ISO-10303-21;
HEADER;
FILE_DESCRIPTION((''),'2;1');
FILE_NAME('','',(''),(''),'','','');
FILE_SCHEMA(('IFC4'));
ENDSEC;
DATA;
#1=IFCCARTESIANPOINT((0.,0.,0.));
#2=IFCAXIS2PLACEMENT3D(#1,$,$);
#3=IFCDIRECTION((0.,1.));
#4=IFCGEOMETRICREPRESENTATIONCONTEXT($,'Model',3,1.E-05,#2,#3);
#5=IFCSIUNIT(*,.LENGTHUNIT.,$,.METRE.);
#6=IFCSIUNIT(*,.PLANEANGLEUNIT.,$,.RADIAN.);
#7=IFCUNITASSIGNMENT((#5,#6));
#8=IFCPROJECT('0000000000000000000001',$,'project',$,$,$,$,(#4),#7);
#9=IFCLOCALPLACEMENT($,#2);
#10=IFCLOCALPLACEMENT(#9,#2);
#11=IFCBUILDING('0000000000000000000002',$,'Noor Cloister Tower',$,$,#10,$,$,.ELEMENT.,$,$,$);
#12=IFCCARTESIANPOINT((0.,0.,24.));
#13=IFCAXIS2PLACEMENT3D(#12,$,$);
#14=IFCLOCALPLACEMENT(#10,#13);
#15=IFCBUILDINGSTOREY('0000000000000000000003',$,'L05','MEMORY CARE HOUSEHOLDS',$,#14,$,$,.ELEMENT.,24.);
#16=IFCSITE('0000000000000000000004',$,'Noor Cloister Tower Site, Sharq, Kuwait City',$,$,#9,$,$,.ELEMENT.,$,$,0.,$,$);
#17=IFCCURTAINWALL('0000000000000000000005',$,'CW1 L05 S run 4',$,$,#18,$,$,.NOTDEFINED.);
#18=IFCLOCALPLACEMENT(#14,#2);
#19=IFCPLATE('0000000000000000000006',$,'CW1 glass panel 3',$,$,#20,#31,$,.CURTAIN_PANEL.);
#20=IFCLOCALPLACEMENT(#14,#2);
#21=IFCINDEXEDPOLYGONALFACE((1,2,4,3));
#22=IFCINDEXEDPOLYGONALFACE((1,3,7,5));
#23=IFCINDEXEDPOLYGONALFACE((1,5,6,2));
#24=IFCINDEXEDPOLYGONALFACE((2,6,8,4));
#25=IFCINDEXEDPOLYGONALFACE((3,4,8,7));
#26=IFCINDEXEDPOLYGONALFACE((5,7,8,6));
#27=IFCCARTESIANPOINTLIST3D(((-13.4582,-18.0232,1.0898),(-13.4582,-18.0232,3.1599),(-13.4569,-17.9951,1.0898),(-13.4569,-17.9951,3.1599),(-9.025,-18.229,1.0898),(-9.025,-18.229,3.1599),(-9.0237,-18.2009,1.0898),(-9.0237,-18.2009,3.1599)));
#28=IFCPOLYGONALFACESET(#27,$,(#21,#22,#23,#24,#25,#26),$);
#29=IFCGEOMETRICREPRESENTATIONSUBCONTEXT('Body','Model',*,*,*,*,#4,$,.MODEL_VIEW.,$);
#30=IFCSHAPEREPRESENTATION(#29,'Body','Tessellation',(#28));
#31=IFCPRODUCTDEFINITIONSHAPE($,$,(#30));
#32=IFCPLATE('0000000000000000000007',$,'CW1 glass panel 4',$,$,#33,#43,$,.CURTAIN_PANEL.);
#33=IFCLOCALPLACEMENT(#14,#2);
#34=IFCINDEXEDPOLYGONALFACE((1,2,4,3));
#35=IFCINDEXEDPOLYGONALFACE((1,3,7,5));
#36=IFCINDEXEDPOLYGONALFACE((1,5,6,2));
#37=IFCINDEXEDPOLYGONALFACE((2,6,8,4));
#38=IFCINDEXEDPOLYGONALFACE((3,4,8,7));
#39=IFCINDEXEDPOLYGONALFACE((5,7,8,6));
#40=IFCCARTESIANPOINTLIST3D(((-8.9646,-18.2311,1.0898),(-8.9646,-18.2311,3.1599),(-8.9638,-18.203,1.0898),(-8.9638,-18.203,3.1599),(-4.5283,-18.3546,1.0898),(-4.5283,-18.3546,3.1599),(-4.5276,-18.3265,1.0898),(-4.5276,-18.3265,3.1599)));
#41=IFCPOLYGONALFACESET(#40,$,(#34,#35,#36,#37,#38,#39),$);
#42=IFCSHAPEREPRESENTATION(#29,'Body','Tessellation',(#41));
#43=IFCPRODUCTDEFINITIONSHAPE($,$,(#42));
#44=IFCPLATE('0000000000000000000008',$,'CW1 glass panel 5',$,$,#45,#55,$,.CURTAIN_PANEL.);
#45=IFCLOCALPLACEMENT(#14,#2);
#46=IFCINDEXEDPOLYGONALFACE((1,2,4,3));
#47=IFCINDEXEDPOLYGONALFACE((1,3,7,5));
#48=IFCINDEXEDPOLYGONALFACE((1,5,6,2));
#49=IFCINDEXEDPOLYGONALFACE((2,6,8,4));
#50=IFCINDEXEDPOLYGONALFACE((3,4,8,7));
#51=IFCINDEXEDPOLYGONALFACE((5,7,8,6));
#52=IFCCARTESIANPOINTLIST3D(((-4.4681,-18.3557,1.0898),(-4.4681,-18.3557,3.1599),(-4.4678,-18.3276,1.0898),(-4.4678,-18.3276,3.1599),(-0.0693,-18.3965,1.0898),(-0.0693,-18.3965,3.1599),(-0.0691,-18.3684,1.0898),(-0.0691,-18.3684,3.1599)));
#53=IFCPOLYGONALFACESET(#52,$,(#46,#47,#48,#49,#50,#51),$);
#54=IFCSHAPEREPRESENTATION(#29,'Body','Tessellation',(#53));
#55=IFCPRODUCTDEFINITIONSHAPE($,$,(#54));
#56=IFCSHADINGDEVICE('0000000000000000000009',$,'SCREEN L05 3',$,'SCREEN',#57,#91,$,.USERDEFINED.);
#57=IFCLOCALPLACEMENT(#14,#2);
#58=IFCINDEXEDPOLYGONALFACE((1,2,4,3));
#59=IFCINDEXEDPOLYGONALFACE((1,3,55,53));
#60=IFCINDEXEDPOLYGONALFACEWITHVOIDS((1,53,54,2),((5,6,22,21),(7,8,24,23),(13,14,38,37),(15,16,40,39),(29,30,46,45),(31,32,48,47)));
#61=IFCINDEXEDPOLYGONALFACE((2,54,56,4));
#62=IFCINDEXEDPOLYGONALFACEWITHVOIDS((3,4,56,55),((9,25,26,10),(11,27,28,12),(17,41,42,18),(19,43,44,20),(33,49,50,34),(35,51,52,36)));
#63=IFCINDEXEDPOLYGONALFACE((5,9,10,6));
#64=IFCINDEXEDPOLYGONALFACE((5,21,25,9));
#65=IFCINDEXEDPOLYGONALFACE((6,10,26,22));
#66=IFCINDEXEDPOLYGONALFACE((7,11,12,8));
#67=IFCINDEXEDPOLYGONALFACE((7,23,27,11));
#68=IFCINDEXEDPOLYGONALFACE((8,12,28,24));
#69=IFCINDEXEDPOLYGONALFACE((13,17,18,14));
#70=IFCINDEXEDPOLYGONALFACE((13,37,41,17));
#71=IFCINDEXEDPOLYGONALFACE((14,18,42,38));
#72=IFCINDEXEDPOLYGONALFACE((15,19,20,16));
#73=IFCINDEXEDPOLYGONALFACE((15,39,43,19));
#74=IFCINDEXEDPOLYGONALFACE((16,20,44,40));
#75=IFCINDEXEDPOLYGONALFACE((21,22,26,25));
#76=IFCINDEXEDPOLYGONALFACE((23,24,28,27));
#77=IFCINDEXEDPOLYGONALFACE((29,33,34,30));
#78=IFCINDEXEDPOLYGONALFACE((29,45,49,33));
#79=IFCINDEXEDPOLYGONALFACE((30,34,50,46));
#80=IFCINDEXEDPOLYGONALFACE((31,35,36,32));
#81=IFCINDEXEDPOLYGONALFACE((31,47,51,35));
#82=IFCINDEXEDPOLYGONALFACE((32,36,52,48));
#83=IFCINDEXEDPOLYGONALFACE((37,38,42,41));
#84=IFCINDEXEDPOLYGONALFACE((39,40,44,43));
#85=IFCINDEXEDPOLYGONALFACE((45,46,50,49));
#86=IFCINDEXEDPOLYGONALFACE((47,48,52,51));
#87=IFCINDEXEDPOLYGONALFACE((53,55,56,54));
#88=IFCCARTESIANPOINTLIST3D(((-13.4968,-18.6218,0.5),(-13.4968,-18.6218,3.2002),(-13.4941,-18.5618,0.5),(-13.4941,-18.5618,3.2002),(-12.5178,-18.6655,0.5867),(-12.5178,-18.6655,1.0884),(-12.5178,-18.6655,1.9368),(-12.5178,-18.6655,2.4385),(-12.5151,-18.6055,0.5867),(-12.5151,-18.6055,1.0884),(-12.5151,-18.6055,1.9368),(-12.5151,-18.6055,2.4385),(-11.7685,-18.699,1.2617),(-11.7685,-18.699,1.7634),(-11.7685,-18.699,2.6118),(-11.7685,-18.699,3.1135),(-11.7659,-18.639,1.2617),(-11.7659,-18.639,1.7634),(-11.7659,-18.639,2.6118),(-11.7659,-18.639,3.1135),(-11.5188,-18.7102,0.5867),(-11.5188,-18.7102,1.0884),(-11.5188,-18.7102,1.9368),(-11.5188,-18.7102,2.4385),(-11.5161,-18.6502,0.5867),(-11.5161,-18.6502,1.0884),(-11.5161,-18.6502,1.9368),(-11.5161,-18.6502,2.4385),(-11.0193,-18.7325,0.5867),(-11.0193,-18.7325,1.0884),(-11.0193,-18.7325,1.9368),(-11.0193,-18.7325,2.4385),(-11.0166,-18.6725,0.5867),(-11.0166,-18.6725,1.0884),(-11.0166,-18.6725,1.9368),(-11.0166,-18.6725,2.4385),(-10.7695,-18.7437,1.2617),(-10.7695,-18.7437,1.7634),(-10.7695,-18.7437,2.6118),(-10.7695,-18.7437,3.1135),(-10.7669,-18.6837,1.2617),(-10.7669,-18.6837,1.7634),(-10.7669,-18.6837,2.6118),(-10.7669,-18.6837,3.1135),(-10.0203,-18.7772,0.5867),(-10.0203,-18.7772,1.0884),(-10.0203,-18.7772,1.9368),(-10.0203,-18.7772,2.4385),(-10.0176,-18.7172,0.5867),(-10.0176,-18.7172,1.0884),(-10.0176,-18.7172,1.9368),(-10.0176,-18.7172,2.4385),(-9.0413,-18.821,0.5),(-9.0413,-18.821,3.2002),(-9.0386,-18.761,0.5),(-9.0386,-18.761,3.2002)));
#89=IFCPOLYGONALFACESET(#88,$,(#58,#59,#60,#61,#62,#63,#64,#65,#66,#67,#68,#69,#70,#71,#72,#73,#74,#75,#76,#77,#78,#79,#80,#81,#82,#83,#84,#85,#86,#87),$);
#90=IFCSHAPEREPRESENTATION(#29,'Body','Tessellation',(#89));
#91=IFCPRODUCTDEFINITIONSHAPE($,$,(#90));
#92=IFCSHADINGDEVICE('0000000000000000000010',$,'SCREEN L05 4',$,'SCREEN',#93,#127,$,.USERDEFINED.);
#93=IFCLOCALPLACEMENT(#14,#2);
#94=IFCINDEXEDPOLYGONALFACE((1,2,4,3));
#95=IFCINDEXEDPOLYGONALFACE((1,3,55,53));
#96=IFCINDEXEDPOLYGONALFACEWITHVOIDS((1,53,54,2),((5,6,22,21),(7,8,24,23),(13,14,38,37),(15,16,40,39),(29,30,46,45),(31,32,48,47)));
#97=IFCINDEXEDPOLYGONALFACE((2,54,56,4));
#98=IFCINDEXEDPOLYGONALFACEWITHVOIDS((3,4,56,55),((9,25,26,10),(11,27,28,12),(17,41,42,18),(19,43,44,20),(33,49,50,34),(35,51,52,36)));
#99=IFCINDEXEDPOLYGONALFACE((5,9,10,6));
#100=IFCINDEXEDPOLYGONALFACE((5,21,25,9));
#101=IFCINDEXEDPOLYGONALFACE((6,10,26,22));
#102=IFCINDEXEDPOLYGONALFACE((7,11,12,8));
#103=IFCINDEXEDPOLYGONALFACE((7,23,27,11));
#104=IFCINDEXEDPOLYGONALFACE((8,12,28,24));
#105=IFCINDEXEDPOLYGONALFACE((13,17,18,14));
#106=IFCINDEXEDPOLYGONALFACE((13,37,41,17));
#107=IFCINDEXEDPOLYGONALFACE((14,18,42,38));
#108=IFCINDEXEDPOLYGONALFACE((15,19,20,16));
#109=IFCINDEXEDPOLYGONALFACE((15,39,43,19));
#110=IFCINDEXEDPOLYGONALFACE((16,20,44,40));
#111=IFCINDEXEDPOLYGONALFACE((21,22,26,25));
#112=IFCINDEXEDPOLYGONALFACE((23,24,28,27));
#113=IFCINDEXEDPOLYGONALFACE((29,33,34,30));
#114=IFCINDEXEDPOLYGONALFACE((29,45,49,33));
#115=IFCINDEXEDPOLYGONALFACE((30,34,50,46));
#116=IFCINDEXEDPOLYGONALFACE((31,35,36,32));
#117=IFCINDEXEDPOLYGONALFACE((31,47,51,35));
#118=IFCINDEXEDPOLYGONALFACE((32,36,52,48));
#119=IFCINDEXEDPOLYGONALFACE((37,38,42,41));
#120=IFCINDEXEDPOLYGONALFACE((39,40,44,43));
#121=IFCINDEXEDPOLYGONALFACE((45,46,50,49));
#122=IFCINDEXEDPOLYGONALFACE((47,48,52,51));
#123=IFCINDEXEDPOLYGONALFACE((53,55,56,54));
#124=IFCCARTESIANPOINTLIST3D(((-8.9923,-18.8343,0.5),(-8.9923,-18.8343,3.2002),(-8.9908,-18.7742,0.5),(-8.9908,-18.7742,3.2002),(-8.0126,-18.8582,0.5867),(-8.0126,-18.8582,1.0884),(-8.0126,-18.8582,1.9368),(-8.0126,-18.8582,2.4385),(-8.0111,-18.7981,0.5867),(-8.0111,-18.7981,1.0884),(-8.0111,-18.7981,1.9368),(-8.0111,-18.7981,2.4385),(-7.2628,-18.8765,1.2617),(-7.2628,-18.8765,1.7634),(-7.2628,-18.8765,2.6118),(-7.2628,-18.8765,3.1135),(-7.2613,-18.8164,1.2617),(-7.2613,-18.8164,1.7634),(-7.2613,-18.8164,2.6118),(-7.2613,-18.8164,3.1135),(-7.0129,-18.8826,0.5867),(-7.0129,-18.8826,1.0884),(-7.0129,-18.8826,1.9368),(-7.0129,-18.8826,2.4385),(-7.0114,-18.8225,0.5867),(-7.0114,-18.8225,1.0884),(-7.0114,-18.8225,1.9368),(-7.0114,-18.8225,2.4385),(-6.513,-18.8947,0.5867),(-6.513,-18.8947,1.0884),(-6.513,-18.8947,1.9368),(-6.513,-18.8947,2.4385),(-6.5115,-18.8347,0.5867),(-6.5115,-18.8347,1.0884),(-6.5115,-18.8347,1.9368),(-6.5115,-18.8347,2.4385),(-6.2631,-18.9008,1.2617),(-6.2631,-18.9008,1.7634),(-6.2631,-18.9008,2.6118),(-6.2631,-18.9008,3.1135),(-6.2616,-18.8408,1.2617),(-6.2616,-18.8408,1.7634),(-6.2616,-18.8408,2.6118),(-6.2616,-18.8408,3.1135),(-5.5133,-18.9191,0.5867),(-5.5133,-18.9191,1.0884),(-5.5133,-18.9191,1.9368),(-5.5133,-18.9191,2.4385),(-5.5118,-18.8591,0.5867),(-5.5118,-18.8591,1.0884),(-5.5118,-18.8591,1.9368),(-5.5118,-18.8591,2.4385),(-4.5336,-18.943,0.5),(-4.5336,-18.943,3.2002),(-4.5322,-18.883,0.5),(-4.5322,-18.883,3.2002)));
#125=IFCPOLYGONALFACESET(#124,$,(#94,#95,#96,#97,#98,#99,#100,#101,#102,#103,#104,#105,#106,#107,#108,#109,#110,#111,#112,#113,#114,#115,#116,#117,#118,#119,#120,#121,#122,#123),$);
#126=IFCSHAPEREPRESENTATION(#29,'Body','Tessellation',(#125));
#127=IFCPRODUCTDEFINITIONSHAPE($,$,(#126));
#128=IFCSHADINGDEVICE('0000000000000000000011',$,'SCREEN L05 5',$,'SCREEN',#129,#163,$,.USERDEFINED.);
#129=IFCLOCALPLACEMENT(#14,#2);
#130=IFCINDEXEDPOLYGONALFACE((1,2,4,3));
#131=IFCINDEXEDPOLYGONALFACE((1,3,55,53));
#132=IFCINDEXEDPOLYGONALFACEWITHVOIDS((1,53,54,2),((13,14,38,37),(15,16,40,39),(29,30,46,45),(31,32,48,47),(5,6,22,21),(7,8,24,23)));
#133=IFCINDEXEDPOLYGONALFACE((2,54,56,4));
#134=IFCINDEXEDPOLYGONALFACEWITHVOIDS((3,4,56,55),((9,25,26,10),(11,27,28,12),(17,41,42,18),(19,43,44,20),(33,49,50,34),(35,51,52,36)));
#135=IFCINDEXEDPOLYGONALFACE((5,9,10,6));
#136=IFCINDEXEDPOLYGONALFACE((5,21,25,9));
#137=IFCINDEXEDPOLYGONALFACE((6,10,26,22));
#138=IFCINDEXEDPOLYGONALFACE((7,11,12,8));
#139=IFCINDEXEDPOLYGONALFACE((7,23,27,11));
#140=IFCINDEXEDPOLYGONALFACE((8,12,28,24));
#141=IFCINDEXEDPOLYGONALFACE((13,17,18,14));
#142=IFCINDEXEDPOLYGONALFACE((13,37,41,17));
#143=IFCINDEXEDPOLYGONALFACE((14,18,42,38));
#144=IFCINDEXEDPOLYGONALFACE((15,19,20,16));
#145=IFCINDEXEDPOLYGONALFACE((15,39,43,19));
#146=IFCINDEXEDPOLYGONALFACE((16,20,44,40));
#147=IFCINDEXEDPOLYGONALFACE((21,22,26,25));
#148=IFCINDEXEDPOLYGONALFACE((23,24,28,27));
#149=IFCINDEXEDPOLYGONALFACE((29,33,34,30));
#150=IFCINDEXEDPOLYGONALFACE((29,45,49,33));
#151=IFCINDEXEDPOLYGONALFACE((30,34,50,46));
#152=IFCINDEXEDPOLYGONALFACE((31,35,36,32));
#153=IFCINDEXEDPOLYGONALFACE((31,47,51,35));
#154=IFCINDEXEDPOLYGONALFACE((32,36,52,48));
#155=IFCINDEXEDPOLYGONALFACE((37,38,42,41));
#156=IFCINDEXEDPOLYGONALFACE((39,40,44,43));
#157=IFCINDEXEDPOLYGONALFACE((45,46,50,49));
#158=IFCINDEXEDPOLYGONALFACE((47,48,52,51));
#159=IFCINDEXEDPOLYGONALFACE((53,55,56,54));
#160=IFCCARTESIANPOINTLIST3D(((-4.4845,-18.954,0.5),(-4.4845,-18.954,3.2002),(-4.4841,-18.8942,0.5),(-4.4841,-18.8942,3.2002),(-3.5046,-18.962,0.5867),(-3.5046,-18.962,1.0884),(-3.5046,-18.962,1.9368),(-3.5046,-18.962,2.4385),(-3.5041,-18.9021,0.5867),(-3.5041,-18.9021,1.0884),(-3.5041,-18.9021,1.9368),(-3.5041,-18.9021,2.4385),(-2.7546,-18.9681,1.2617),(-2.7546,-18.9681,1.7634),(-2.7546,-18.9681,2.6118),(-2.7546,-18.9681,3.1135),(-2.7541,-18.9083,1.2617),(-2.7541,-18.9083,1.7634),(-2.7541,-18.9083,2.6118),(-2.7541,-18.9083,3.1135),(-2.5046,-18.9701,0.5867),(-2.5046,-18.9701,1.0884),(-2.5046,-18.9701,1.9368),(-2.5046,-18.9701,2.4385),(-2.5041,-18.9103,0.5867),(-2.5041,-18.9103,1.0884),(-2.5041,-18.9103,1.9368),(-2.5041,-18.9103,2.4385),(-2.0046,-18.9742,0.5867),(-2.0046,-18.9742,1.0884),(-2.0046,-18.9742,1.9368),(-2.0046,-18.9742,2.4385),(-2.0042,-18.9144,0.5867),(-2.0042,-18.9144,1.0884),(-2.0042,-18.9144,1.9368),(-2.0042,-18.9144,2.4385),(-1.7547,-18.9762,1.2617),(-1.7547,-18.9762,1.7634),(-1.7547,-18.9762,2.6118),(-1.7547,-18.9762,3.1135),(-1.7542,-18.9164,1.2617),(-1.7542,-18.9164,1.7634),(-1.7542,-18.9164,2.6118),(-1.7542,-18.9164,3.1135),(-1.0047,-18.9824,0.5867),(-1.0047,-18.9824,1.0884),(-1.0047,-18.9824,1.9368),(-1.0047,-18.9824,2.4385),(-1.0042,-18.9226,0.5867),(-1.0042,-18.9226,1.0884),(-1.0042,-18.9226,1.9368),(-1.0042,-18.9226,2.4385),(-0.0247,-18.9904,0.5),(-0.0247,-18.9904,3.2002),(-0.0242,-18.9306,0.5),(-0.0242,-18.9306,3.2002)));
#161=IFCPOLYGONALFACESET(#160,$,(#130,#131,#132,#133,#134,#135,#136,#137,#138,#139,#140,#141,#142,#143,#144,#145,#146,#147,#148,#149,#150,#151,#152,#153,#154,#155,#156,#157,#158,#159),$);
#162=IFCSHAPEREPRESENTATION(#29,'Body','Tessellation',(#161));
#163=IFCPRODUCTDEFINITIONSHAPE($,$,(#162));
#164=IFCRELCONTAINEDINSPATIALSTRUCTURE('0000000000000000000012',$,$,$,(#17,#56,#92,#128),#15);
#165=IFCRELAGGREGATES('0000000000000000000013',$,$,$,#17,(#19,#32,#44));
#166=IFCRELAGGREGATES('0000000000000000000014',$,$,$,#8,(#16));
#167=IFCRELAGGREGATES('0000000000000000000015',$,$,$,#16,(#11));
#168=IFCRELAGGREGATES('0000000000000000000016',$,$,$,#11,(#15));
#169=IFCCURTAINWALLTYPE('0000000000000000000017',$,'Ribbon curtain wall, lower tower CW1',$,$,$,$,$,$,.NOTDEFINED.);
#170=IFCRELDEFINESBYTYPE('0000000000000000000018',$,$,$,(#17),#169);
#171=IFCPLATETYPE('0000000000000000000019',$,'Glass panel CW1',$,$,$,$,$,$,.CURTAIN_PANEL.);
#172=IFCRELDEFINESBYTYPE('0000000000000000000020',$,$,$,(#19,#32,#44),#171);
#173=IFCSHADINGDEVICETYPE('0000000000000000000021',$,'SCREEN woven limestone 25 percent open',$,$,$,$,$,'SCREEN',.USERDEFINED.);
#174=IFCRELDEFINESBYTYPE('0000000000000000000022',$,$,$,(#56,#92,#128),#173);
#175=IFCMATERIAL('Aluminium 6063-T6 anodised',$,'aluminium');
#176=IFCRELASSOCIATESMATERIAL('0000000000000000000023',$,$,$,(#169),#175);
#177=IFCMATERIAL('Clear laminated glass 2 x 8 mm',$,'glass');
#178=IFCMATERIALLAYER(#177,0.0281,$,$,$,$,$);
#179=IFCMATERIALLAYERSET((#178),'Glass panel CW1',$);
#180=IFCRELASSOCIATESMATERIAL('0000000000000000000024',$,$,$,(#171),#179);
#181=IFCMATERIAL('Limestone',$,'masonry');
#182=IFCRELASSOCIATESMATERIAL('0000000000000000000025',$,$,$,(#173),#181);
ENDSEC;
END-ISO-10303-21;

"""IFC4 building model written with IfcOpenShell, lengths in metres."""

from ifc_helpers import new_model, si_unit, direction, frame, origin, origin_2d, place, context, subcontext, project, spatial, polyline, rectangle, outline, extrude, material, layer, layer_set, material_profile, profile_set, type_object, element, aggregate, save


model = new_model("IFC4")

# Units and contexts
model_context = context("Model", 3, precision=1e-05, world=origin(), true_north=direction((0.0, 1.0)))
body_context = subcontext(model_context, "Body", "Model", "MODEL_VIEW")
ifc_project = project(units=[si_unit("LENGTHUNIT", "METRE"), si_unit("PLANEANGLEUNIT", "RADIAN")], contexts=[model_context])

# Site, building, storey
site_placement = place(None, origin())
site = spatial("IfcSite", under=ifc_project, at=site_placement, Name="Noor Cloister Tower Site, Sharq, Kuwait City", CompositionType="ELEMENT", RefElevation=0.0)
building_placement = place(site_placement, origin())
building = spatial("IfcBuilding", under=site, at=building_placement, Name="Noor Cloister Tower", CompositionType="ELEMENT")
storey_placement = place(building_placement, frame((0.0, 0.0, 24.0)))
storey = spatial("IfcBuildingStorey", under=building, at=storey_placement, Name="L05", Description="MEMORY CARE HOUSEHOLDS", CompositionType="ELEMENT", Elevation=24.0)

# Curtain wall
ifc_material_1 = material(Name="Aluminium 6063-T6 anodised", Category="aluminium")
curtain_wall_type = type_object("IfcCurtainWallType", Name="Ribbon curtain wall, lower tower CW1", PredefinedType="NOTDEFINED", material=ifc_material_1)
curtain_wall_placement = place(storey_placement, origin())
curtain_wall = element("IfcCurtainWall", 1, at=curtain_wall_placement, inside=storey, type_object=curtain_wall_type, Name="CW1 L05 S run 4", PredefinedType="NOTDEFINED")

# Plates
ifc_material_2 = material(Name="Clear laminated glass 2 x 8 mm", Category="glass")
ifc_layer = layer(ifc_material_2, 0.0281)
ifc_layer_set = layer_set([ifc_layer], Name="Glass panel CW1")
plate_type = type_object("IfcPlateType", Name="Glass panel CW1", PredefinedType="CURTAIN_PANEL", material=ifc_layer_set)
plate_1_placement = place(storey_placement, frame((-11.241, -18.1121, 1.0898), z_axis=(0.0, 0.0, 1.0), x_axis=(0.998924, -0.046368, 0.0)))
plate_1 = element("IfcPlate", 2, at=plate_1_placement, type_object=plate_type, Name="CW1 glass panel 3", PredefinedType="CURTAIN_PANEL", context=body_context, shape_type="SweptSolid", body=[
    extrude(rectangle(XDim=4.438, YDim=0.0281, at=origin_2d()), origin(), (0.0, 0.0, 1.0), 2.0701),
])
plate_2_placement = place(storey_placement, frame((-6.7461, -18.2788, 1.0898), z_axis=(0.0, 0.0, 1.0), x_axis=(0.999613, -0.027827, 0.0)))
plate_2 = element("IfcPlate", 3, at=plate_2_placement, type_object=plate_type, Name="CW1 glass panel 4", PredefinedType="CURTAIN_PANEL", context=body_context, shape_type="SweptSolid", body=[
    extrude(rectangle(XDim=4.438, YDim=0.0281, at=origin_2d()), origin(), (0.0, 0.0, 1.0), 2.0701),
])
plate_3_placement = place(storey_placement, frame((-2.2686, -18.3621, 1.0898), z_axis=(0.0, 0.0, 1.0), x_axis=(0.999957, -0.009277, 0.0)))
plate_3 = element("IfcPlate", 4, at=plate_3_placement, type_object=plate_type, Name="CW1 glass panel 5", PredefinedType="CURTAIN_PANEL", context=body_context, shape_type="SweptSolid", body=[
    extrude(rectangle(XDim=4.3989, YDim=0.0281, at=origin_2d()), origin(), (0.0, 0.0, 1.0), 2.0701),
])
aggregate(curtain_wall, [plate_1, plate_2, plate_3])

# Shading devices
ifc_material_3 = material(Name="Limestone", Category="masonry")
ifc_material_profile_1 = material_profile(ifc_material_3, outline(polyline([(-2.23, -1.3501), (2.23, -1.3501), (2.23, 1.3501), (-2.23, 1.3501), (-2.23, -1.3501)]), holes=[polyline([(-1.25, -1.2634), (-0.25, -1.2634), (-0.25, -0.7617), (-1.25, -0.7617), (-1.25, -1.2634)]), polyline([(0.25, -1.2634), (1.25, -1.2634), (1.25, -0.7617), (0.25, -0.7617), (0.25, -1.2634)]), polyline([(-0.5, -0.5884), (0.5, -0.5884), (0.5, -0.0867), (-0.5, -0.0867), (-0.5, -0.5884)]), polyline([(-1.25, 0.0867), (-0.25, 0.0867), (-0.25, 0.5884), (-1.25, 0.5884), (-1.25, 0.0867)]), polyline([(0.25, 0.0867), (1.25, 0.0867), (1.25, 0.5884), (0.25, 0.5884), (0.25, 0.0867)]), polyline([(-0.5, 0.7617), (0.5, 0.7617), (0.5, 1.2634), (-0.5, 1.2634), (-0.5, 0.7617)])]), Name="Woven screen 25 percent open")
ifc_profile_set_1 = profile_set([ifc_material_profile_1], Name="Limestone")
shading_device_type = type_object("IfcShadingDeviceType", Name="SCREEN woven limestone 25 percent open", ElementType="SCREEN", PredefinedType="USERDEFINED", material=ifc_profile_set_1)
for number, where, z_axis, x_axis, name in (
    (5, (-11.2664, -18.6614, 1.8501), (-0.044671, -0.999002, 0.0), (0.999002, -0.044671, 0.0), "SCREEN L05 3"),
    (6, (-6.7615, -18.8286, 1.8501), (-0.024383, -0.999703, 0.0), (0.999703, -0.024383, 0.0), "SCREEN L05 4"),
):
    element("IfcShadingDevice", number, at=place(storey_placement, frame(where, z_axis=z_axis, x_axis=x_axis)), inside=storey, type_object=shading_device_type, Name=name, ObjectType="SCREEN", PredefinedType="USERDEFINED", context=body_context, shape_type="SweptSolid", body=[
        extrude(outline(polyline([(-2.23, -1.3501), (2.23, -1.3501), (2.23, 1.3501), (-2.23, 1.3501), (-2.23, -1.3501)]), holes=[polyline([(-1.25, -1.2634), (-0.25, -1.2634), (-0.25, -0.7617), (-1.25, -0.7617), (-1.25, -1.2634)]), polyline([(0.25, -1.2634), (1.25, -1.2634), (1.25, -0.7617), (0.25, -0.7617), (0.25, -1.2634)]), polyline([(-0.5, -0.5884), (0.5, -0.5884), (0.5, -0.0867), (-0.5, -0.0867), (-0.5, -0.5884)]), polyline([(-1.25, 0.0867), (-0.25, 0.0867), (-0.25, 0.5884), (-1.25, 0.5884), (-1.25, 0.0867)]), polyline([(0.25, 0.0867), (1.25, 0.0867), (1.25, 0.5884), (0.25, 0.5884), (0.25, 0.0867)]), polyline([(-0.5, 0.7617), (0.5, 0.7617), (0.5, 1.2634), (-0.5, 1.2634), (-0.5, 0.7617)])]), origin(), (0.0, 0.0, 1.0), 0.0601),
    ])
shading_device_placement = place(storey_placement, frame((-2.2542, -18.9124, 1.8501), z_axis=(-0.008163, -0.999967, 0.0), x_axis=(0.999967, -0.008163, 0.0)))
element("IfcShadingDevice", 7, at=shading_device_placement, inside=storey, type_object=shading_device_type, Name="SCREEN L05 5", ObjectType="SCREEN", PredefinedType="USERDEFINED", context=body_context, shape_type="SweptSolid", body=[
    extrude(outline(polyline([(-2.23, -1.3501), (2.23, -1.3501), (2.23, 1.3501), (-2.23, 1.3501), (-2.23, -1.3501)]), holes=[polyline([(-1.25, -1.2634), (-0.25, -1.2634), (-0.25, -0.7617), (-1.25, -0.7617), (-1.25, -1.2634)]), polyline([(0.25, -1.2634), (1.25, -1.2634), (1.25, -0.7617), (0.25, -0.7617), (0.25, -1.2634)]), polyline([(-0.5, -0.5884), (0.5, -0.5884), (0.5, -0.0867), (-0.5, -0.0867), (-0.5, -0.5884)]), polyline([(-1.25, 0.0867), (-0.25, 0.0867), (-0.25, 0.5884), (-1.25, 0.5884), (-1.25, 0.0867)]), polyline([(0.25, 0.0867), (1.25, 0.0867), (1.25, 0.5884), (0.25, 0.5884), (0.25, 0.0867)]), polyline([(-0.5, 0.7617), (0.5, 0.7617), (0.5, 1.2634), (-0.5, 1.2634), (-0.5, 0.7617)])]), origin(), (0.0, 0.0, 1.0), 0.0598),
])

save(model, "model.ifc")
